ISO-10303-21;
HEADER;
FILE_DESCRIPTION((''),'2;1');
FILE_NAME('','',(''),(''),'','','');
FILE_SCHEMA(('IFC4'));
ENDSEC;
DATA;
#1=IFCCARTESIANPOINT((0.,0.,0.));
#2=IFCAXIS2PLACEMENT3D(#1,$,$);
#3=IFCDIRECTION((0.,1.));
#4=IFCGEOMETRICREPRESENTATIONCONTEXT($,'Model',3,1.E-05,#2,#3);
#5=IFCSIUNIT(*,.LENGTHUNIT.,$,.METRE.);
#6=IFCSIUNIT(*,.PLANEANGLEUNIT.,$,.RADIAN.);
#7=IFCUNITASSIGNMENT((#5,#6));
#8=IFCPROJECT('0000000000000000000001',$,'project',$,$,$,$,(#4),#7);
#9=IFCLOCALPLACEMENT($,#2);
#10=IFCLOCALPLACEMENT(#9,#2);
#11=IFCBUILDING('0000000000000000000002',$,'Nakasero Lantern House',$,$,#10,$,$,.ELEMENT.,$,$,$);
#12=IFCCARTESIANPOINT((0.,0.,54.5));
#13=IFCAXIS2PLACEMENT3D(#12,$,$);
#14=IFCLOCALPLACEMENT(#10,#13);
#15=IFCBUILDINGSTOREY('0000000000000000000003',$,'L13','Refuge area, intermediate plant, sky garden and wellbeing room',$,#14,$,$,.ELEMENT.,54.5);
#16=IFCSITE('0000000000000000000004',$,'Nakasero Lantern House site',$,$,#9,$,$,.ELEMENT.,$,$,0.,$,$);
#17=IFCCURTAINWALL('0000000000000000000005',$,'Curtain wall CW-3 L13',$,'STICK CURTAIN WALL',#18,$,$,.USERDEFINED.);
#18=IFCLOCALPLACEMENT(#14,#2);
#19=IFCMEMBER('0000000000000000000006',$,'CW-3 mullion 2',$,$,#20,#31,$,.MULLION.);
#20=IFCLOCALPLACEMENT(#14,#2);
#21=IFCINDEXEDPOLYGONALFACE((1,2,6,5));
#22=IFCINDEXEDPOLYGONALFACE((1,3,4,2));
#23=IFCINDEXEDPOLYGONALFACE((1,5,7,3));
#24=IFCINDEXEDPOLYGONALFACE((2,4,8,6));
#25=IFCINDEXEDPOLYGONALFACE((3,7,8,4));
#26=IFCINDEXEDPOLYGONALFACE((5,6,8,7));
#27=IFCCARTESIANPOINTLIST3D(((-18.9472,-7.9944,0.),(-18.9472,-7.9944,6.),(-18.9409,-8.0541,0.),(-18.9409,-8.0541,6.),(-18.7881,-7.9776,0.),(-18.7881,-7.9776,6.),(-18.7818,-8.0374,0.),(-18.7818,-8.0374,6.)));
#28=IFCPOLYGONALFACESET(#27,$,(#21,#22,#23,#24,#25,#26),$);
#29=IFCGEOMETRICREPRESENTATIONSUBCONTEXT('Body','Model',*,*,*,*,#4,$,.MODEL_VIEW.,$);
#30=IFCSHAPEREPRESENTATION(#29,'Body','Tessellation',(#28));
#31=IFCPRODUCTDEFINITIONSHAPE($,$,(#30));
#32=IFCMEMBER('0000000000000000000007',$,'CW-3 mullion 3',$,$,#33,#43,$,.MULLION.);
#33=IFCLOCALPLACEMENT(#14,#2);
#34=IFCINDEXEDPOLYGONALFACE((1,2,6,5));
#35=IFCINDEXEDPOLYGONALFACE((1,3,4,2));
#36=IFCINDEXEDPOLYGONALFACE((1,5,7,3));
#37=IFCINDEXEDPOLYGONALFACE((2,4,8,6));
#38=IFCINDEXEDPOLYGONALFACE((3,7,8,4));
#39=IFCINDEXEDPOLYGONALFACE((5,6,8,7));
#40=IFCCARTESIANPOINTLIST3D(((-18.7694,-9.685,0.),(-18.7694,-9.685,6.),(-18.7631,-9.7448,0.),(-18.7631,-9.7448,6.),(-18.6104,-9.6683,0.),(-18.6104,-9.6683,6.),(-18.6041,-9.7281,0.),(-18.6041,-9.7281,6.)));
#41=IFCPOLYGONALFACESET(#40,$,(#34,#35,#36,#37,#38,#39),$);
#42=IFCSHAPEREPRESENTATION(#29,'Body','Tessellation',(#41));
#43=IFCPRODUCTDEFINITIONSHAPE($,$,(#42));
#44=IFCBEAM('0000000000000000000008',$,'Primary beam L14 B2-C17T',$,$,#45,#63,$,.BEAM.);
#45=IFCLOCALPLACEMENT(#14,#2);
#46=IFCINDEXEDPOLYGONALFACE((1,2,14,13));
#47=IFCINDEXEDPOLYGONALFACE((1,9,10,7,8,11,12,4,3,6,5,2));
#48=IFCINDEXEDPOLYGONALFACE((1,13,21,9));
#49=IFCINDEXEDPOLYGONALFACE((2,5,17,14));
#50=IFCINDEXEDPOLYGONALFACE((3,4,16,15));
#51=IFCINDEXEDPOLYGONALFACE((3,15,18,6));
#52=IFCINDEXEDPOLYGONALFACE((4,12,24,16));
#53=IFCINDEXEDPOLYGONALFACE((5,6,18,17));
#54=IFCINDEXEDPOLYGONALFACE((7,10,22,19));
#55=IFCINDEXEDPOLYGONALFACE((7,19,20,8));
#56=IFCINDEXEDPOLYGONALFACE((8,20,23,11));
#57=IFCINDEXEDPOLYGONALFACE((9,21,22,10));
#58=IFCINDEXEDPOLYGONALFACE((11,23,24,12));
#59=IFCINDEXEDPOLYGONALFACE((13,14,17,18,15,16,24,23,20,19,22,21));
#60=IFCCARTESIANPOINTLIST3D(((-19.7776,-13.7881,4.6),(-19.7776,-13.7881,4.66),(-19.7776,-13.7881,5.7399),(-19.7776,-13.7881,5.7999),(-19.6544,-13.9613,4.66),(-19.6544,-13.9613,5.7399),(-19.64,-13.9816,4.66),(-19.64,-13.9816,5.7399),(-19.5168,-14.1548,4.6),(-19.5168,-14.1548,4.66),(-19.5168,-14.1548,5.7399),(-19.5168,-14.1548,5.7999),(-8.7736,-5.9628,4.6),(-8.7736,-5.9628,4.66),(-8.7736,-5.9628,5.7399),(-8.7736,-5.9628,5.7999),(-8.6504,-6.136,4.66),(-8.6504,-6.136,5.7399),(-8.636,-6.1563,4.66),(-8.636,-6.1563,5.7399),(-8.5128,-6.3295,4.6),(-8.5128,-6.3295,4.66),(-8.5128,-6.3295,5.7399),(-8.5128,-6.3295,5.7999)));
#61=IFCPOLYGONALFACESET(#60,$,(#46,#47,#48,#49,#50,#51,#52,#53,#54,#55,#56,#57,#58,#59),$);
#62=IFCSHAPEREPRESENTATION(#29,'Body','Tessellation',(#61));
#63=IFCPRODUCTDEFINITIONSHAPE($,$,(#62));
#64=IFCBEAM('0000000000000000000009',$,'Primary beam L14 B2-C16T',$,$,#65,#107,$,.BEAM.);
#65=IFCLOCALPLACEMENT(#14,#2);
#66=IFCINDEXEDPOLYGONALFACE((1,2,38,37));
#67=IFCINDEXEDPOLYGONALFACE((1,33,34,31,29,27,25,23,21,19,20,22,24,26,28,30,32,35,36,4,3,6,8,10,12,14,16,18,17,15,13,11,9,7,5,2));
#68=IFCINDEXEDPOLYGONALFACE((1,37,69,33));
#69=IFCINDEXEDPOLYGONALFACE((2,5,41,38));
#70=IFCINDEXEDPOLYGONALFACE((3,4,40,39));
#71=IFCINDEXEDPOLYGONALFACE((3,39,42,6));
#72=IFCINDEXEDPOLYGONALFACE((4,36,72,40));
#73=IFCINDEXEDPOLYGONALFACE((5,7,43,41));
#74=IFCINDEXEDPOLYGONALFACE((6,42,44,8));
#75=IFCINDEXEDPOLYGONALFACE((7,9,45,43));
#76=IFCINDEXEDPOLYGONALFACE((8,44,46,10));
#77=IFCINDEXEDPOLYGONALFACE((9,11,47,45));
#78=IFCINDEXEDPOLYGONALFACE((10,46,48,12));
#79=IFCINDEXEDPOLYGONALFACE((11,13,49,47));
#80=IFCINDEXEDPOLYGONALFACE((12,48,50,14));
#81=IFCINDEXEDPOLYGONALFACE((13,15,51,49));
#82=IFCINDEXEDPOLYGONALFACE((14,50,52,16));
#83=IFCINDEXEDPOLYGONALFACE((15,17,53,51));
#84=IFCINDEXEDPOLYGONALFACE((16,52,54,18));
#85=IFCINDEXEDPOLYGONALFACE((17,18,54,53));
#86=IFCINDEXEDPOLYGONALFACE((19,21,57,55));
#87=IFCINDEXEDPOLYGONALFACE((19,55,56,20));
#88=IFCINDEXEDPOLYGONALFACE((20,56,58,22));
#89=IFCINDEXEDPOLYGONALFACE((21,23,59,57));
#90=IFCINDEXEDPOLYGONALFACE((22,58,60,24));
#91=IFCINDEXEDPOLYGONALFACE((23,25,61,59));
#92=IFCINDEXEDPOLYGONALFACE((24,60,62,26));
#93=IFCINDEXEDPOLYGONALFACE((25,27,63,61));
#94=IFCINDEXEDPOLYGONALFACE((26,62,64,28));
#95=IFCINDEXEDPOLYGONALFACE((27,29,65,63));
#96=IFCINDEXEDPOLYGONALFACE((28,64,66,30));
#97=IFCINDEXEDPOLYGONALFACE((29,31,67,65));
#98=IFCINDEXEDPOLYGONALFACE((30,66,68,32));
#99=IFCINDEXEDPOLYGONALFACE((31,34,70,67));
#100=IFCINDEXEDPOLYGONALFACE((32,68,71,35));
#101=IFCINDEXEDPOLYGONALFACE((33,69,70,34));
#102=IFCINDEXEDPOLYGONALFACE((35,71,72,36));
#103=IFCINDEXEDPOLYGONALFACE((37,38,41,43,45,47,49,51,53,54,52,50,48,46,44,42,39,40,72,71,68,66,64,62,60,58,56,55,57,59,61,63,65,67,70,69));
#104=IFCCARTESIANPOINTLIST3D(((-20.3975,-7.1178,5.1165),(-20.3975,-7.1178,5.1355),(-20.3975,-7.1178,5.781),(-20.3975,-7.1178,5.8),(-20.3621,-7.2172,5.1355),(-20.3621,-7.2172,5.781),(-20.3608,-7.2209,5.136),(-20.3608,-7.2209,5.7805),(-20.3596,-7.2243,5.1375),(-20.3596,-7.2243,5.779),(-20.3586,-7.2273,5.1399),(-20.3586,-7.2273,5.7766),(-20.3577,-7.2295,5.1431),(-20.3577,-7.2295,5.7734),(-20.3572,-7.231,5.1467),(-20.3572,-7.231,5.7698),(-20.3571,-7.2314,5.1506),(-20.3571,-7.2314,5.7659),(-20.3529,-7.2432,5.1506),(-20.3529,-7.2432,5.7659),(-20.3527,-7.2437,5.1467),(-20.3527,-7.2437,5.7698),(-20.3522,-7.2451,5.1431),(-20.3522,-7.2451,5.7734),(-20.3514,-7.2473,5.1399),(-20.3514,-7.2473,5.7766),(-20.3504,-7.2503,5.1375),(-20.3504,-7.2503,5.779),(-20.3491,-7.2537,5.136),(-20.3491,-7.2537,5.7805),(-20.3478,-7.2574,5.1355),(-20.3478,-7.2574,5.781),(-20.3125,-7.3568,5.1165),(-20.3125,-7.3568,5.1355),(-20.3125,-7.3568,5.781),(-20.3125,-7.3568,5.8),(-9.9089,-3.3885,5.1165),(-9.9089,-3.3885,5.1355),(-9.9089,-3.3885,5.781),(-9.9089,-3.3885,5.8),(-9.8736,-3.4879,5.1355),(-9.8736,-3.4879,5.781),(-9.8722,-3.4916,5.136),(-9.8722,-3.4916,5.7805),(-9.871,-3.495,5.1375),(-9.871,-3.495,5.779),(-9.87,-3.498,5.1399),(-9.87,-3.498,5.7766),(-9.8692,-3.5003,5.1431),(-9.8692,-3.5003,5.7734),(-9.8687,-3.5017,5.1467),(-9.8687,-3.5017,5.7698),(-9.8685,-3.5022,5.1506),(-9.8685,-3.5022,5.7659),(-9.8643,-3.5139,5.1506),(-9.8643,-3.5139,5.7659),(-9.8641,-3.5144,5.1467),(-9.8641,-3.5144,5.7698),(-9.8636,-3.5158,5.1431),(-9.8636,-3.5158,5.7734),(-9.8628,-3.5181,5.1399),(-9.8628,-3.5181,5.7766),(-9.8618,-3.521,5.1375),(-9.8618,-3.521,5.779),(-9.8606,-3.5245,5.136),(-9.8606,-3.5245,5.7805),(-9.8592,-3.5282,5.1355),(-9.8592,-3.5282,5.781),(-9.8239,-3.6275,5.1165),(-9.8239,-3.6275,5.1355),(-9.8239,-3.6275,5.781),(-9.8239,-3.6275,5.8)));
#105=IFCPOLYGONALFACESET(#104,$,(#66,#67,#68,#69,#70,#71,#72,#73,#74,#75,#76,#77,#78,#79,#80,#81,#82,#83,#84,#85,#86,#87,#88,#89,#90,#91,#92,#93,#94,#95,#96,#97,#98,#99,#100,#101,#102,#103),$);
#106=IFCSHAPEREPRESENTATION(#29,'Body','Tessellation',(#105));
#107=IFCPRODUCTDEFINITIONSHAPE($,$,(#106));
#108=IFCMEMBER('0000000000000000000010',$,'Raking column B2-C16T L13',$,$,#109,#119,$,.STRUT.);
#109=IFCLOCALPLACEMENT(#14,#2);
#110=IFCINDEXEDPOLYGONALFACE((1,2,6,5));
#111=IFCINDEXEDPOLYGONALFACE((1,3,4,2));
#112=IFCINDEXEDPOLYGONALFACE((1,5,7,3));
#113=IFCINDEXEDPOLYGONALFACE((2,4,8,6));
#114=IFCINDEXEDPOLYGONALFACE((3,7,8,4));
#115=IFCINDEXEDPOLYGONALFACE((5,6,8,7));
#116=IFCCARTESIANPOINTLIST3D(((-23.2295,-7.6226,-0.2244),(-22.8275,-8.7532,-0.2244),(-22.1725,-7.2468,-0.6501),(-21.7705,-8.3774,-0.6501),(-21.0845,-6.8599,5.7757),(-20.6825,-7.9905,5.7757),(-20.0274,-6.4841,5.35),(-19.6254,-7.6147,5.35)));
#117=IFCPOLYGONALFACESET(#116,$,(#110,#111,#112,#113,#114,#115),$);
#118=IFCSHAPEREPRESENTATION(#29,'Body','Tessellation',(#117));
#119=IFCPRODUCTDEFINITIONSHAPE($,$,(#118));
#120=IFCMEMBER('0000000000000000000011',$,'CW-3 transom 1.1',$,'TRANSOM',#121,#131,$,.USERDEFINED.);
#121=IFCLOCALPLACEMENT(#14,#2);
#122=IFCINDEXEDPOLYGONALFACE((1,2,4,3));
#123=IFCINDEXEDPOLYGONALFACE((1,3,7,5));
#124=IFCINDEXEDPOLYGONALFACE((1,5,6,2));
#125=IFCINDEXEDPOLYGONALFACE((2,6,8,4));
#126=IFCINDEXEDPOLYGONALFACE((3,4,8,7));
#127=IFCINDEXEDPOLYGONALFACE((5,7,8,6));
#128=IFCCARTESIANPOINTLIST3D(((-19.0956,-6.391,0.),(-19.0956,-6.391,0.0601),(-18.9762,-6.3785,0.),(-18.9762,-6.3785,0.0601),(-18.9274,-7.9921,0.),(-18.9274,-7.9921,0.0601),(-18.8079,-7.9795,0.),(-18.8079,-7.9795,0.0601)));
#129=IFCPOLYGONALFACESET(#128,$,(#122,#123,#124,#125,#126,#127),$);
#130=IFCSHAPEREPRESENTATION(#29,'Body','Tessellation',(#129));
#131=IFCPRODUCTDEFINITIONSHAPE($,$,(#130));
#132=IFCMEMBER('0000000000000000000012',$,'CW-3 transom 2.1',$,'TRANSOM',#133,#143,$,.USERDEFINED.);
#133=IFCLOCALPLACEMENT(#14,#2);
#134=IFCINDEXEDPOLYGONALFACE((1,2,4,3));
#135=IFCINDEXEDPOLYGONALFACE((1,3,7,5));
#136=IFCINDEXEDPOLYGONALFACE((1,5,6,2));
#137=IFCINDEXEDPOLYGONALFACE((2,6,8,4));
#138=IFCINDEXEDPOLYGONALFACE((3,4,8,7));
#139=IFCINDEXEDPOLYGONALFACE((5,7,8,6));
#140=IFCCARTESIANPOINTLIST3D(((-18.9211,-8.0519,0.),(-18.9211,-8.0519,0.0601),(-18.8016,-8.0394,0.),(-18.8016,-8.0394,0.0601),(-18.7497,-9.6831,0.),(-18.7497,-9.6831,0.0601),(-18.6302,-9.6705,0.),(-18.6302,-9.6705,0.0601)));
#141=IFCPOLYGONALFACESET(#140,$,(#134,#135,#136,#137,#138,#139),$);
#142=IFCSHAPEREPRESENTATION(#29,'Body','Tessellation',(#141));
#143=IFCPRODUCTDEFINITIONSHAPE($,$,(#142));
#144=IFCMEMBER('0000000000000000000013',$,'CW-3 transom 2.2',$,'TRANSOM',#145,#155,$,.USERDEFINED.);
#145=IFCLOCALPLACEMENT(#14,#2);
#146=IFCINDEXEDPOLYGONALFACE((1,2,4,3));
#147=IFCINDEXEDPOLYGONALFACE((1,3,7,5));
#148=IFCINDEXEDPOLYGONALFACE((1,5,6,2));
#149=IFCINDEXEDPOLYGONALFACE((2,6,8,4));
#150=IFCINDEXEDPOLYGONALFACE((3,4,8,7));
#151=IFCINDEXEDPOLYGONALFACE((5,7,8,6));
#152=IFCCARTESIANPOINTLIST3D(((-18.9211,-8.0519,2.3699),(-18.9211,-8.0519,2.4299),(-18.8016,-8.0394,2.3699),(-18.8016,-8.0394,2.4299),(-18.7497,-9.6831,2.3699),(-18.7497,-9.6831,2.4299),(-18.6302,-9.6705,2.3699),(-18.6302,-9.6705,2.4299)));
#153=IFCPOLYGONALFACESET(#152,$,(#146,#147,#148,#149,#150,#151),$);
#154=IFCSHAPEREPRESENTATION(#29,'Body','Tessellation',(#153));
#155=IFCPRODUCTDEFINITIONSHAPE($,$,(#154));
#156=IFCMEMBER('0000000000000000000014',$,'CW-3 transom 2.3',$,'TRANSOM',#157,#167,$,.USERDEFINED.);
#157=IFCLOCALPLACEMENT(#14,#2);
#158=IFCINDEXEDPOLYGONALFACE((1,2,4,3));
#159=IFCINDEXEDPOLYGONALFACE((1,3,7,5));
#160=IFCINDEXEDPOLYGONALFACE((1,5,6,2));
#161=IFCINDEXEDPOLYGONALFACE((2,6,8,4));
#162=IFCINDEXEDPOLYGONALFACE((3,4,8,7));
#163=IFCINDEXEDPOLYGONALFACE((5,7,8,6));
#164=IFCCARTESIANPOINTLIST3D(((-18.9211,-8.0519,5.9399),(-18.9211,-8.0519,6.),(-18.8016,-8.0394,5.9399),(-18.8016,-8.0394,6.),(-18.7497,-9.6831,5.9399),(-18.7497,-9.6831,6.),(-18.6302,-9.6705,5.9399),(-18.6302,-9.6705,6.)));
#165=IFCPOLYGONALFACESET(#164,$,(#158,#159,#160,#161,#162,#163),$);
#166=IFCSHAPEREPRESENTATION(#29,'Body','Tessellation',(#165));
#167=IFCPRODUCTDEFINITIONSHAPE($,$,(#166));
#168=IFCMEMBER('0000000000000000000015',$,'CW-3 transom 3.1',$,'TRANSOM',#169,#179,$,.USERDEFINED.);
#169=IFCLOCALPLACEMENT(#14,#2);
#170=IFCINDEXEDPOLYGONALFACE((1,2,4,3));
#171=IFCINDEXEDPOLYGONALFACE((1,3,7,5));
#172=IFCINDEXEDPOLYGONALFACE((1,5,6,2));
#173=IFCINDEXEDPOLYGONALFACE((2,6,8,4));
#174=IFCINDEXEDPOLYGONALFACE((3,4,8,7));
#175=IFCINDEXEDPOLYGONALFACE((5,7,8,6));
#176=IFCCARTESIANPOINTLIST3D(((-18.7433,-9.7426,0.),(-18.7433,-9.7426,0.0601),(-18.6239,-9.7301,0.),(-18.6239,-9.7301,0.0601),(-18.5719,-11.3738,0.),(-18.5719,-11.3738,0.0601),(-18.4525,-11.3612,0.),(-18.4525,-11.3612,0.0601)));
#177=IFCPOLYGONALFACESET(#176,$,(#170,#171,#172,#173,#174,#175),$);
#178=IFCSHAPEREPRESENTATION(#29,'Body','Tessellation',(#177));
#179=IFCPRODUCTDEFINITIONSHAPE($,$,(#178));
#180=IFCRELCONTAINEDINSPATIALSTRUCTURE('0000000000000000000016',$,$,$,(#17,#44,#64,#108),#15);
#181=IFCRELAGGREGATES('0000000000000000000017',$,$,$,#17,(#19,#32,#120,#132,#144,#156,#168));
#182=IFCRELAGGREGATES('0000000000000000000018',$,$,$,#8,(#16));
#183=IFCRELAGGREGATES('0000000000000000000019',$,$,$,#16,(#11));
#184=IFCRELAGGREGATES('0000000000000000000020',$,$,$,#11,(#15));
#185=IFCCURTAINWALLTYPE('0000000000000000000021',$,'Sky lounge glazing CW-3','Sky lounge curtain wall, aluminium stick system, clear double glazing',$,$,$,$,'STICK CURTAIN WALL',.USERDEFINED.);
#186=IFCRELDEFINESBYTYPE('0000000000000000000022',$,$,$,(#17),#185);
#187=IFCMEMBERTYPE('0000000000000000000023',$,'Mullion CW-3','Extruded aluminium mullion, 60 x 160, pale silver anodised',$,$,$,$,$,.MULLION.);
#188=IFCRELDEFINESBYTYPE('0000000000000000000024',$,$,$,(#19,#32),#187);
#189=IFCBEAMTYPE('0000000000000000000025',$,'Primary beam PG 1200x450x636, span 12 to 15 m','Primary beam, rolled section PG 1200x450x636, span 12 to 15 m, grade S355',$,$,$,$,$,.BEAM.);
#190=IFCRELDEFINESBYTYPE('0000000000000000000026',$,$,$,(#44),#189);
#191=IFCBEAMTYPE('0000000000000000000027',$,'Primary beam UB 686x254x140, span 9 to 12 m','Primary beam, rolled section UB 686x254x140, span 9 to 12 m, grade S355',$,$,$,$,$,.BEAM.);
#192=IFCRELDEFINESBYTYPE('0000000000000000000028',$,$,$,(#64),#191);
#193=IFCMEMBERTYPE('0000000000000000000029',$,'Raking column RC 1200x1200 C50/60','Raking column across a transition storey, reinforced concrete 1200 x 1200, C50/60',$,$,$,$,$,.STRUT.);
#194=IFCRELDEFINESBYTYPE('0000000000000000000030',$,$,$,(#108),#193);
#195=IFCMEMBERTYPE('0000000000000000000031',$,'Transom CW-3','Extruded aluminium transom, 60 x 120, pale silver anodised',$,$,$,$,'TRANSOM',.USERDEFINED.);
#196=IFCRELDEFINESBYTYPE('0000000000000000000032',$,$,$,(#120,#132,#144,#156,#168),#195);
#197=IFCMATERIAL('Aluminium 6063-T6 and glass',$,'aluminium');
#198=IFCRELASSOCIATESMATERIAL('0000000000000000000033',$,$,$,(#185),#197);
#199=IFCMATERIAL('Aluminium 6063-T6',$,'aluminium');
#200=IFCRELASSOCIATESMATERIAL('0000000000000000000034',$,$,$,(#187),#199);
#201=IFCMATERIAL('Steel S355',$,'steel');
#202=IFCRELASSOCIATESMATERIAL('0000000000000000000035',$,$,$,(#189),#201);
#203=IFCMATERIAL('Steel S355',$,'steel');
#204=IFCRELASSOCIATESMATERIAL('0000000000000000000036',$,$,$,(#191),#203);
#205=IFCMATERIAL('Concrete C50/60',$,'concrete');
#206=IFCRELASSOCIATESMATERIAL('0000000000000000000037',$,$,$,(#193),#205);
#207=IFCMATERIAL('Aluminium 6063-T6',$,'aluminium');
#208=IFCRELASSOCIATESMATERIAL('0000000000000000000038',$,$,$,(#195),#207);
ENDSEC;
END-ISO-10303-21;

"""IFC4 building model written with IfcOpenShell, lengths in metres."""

from ifc_helpers import new_model, si_unit, direction, frame, origin, origin_2d, place, context, subcontext, project, spatial, rectangle, i_section, extrude, material, material_profile, profile_set, type_object, element, aggregate, save


model = new_model("IFC4")

# Units and contexts
model_context = context("Model", 3, precision=1e-05, world=origin(), true_north=direction((0.0, 1.0)))
body_context = subcontext(model_context, "Body", "Model", "MODEL_VIEW")
ifc_project = project(units=[si_unit("LENGTHUNIT", "METRE"), si_unit("PLANEANGLEUNIT", "RADIAN")], contexts=[model_context])

# Site, building, storey
site_placement = place(None, origin())
site = spatial("IfcSite", under=ifc_project, at=site_placement, Name="Nakasero Lantern House site", CompositionType="ELEMENT", RefElevation=0.0)
building_placement = place(site_placement, origin())
building = spatial("IfcBuilding", under=site, at=building_placement, Name="Nakasero Lantern House", CompositionType="ELEMENT")
storey_placement = place(building_placement, frame((0.0, 0.0, 54.5)))
storey = spatial("IfcBuildingStorey", under=building, at=storey_placement, Name="L13", Description="Refuge area, intermediate plant, sky garden and wellbeing room", CompositionType="ELEMENT", Elevation=54.5)

# Curtain wall, members
ifc_material_1 = material(Name="Aluminium 6063-T6 and glass", Category="aluminium")
curtain_wall_type = type_object("IfcCurtainWallType", Name="Sky lounge glazing CW-3", Description="Sky lounge curtain wall, aluminium stick system, clear double glazing", ElementType="STICK CURTAIN WALL", PredefinedType="USERDEFINED", material=ifc_material_1)
curtain_wall_placement = place(storey_placement, origin())
curtain_wall = element("IfcCurtainWall", 1, at=curtain_wall_placement, inside=storey, type_object=curtain_wall_type, Name="Curtain wall CW-3 L13", ObjectType="STICK CURTAIN WALL", PredefinedType="USERDEFINED")
ifc_material_2 = material(Name="Aluminium 6063-T6", Category="aluminium")
ifc_material_profile_1 = material_profile(ifc_material_2, rectangle(XDim=0.0601, YDim=0.1599, at=origin_2d()), Name="CW-3 mullion 60x160")
ifc_profile_set_1 = profile_set([ifc_material_profile_1], Name="Aluminium 6063-T6")
member_type_1 = type_object("IfcMemberType", Name="Mullion CW-3", Description="Extruded aluminium mullion, 60 x 160, pale silver anodised", PredefinedType="MULLION", material=ifc_profile_set_1)
member_1_placement = place(storey_placement, frame((-18.8645, -8.0159, 0.0), z_axis=(0.0, 0.0, 1.0), x_axis=(0.104528, -0.994522, 0.0)))
member_1 = element("IfcMember", 2, at=member_1_placement, type_object=member_type_1, Name="CW-3 mullion 2", PredefinedType="MULLION", context=body_context, shape_type="SweptSolid", body=[
    extrude(rectangle(XDim=0.0601, YDim=0.1599, at=origin_2d()), origin(), (0.0, 0.0, 1.0), 6.0),
])
member_2_placement = place(storey_placement, frame((-18.6868, -9.7065, 0.0), z_axis=(0.0, 0.0, 1.0), x_axis=(0.104528, -0.994522, 0.0)))
member_2 = element("IfcMember", 3, at=member_2_placement, type_object=member_type_1, Name="CW-3 mullion 3", PredefinedType="MULLION", context=body_context, shape_type="SweptSolid", body=[
    extrude(rectangle(XDim=0.0601, YDim=0.1599, at=origin_2d()), origin(), (0.0, 0.0, 1.0), 6.0),
])

# Beams
ifc_material_3 = material(Name="Steel S355", Category="steel")
ifc_material_profile_2 = material_profile(ifc_material_3, i_section(OverallWidth=0.45, OverallDepth=1.2, WebThickness=0.0249, FlangeThickness=0.0601, at=origin_2d()), Name="PG 1200x450x636")
ifc_profile_set_2 = profile_set([ifc_material_profile_2], Name="Steel S355")
beam_type_1 = type_object("IfcBeamType", Name="Primary beam PG 1200x450x636, span 12 to 15 m", Description="Primary beam, rolled section PG 1200x450x636, span 12 to 15 m, grade S355", PredefinedType="BEAM", material=ifc_profile_set_2)
beam_1_placement = place(storey_placement, frame((-19.6472, -13.9714, 5.2), z_axis=(0.814948, 0.579533, 0.0), x_axis=(-0.579533, 0.814948, 0.0)))
element("IfcBeam", 4, at=beam_1_placement, inside=storey, type_object=beam_type_1, Name="Primary beam L14 B2-C17T", PredefinedType="BEAM", context=body_context, shape_type="SweptSolid", body=[
    extrude(i_section(OverallWidth=0.45, OverallDepth=1.2, WebThickness=0.0249, FlangeThickness=0.0601, at=origin_2d()), origin(), (0.0, 0.0, 1.0), 13.5027),
])
ifc_material_4 = material(Name="Steel S355", Category="steel")
ifc_material_profile_3 = material_profile(ifc_material_4, i_section(OverallWidth=0.2537, OverallDepth=0.6836, WebThickness=0.0125, FlangeThickness=0.019, FilletRadius=0.0151, at=origin_2d()), Name="UB 686x254x140")
ifc_profile_set_3 = profile_set([ifc_material_profile_3], Name="Steel S355")
beam_type_2 = type_object("IfcBeamType", Name="Primary beam UB 686x254x140, span 9 to 12 m", Description="Primary beam, rolled section UB 686x254x140, span 9 to 12 m, grade S355", PredefinedType="BEAM", material=ifc_profile_set_3)
beam_2_placement = place(storey_placement, frame((-20.355, -7.2373, 5.4583), z_axis=(0.942215, 0.335009, 0.0), x_axis=(-0.335009, 0.942215, 0.0)))
element("IfcBeam", 5, at=beam_2_placement, inside=storey, type_object=beam_type_2, Name="Primary beam L14 B2-C16T", PredefinedType="BEAM", context=body_context, shape_type="SweptSolid", body=[
    extrude(i_section(OverallWidth=0.2537, OverallDepth=0.6836, WebThickness=0.0125, FlangeThickness=0.019, FilletRadius=0.0151, at=origin_2d()), origin(), (0.0, 0.0, 1.0), 11.1318),
])

# Members
ifc_material_5 = material(Name="Concrete C50/60", Category="concrete")
ifc_material_profile_4 = material_profile(ifc_material_5, rectangle(XDim=1.2, YDim=1.2, at=origin_2d()), Name="RC 1200x1200")
ifc_profile_set_4 = profile_set([ifc_material_profile_4], Name="Concrete C50/60")
member_type_2 = type_object("IfcMemberType", Name="Raking column RC 1200x1200 C50/60", Description="Raking column across a transition storey, reinforced concrete 1200 x 1200, C50/60", PredefinedType="STRUT", material=ifc_profile_set_4)
member_3_placement = place(storey_placement, frame((-22.5, -8.0, -0.4373), z_axis=(0.334251, 0.118848, 0.93496), x_axis=(-0.335018, 0.942212, 0.0)))
element("IfcMember", 6, at=member_3_placement, inside=storey, type_object=member_type_2, Name="Raking column B2-C16T L13", PredefinedType="STRUT", context=body_context, shape_type="SweptSolid", body=[
    extrude(rectangle(XDim=1.2, YDim=1.2, at=origin_2d()), origin(), (0.0, 0.0, 1.0), 6.4175),
])
ifc_material_6 = material(Name="Aluminium 6063-T6", Category="aluminium")
ifc_material_profile_5 = material_profile(ifc_material_6, rectangle(XDim=0.0601, YDim=0.1201, at=origin_2d()), Name="CW-3 transom 60x120")
ifc_profile_set_5 = profile_set([ifc_material_profile_5], Name="Aluminium 6063-T6")
member_type_3 = type_object("IfcMemberType", Name="Transom CW-3", Description="Extruded aluminium transom, 60 x 120, pale silver anodised", ElementType="TRANSOM", PredefinedType="USERDEFINED", material=ifc_profile_set_5)
member_4_placement = place(storey_placement, frame((-19.0359, -6.3848, 0.03), z_axis=(0.104487, -0.994526, 0.0), x_axis=(0.0, 0.0, 1.0)))
member_4 = element("IfcMember", 7, at=member_4_placement, type_object=member_type_3, Name="CW-3 transom 1.1", ObjectType="TRANSOM", PredefinedType="USERDEFINED", context=body_context, shape_type="SweptSolid", body=[
    extrude(rectangle(XDim=0.0601, YDim=0.1201, at=origin_2d()), origin(), (0.0, 0.0, 1.0), 1.6099),
])
member_5_placement = place(storey_placement, frame((-18.8613, -8.0457, 0.03), z_axis=(0.104499, -0.994525, 0.0), x_axis=(0.0, 0.0, 1.0)))
member_5 = element("IfcMember", 8, at=member_5_placement, type_object=member_type_3, Name="CW-3 transom 2.1", ObjectType="TRANSOM", PredefinedType="USERDEFINED", context=body_context, shape_type="SweptSolid", body=[
    extrude(rectangle(XDim=0.0601, YDim=0.1201, at=origin_2d()), origin(), (0.0, 0.0, 1.0), 1.6401),
])
member_6_placement = place(storey_placement, frame((-18.8613, -8.0457, 2.3999), z_axis=(0.104499, -0.994525, 0.0), x_axis=(0.0, 0.0, 1.0)))
member_6 = element("IfcMember", 9, at=member_6_placement, type_object=member_type_3, Name="CW-3 transom 2.2", ObjectType="TRANSOM", PredefinedType="USERDEFINED", context=body_context, shape_type="SweptSolid", body=[
    extrude(rectangle(XDim=0.0601, YDim=0.1201, at=origin_2d()), origin(), (0.0, 0.0, 1.0), 1.6401),
])
member_7_placement = place(storey_placement, frame((-18.8613, -8.0457, 5.97), z_axis=(0.104499, -0.994525, 0.0), x_axis=(0.0, 0.0, 1.0)))
member_7 = element("IfcMember", 10, at=member_7_placement, type_object=member_type_3, Name="CW-3 transom 2.3", ObjectType="TRANSOM", PredefinedType="USERDEFINED", context=body_context, shape_type="SweptSolid", body=[
    extrude(rectangle(XDim=0.0601, YDim=0.1201, at=origin_2d()), origin(), (0.0, 0.0, 1.0), 1.6401),
])
member_8_placement = place(storey_placement, frame((-18.6836, -9.7363, 0.03), z_axis=(0.104499, -0.994525, 0.0), x_axis=(0.0, 0.0, 1.0)))
member_8 = element("IfcMember", 11, at=member_8_placement, type_object=member_type_3, Name="CW-3 transom 3.1", ObjectType="TRANSOM", PredefinedType="USERDEFINED", context=body_context, shape_type="SweptSolid", body=[
    extrude(rectangle(XDim=0.0601, YDim=0.1201, at=origin_2d()), origin(), (0.0, 0.0, 1.0), 1.6401),
])

aggregate(curtain_wall, [member_1, member_2, member_4, member_5, member_6, member_7, member_8])

save(model, "model.ifc")
